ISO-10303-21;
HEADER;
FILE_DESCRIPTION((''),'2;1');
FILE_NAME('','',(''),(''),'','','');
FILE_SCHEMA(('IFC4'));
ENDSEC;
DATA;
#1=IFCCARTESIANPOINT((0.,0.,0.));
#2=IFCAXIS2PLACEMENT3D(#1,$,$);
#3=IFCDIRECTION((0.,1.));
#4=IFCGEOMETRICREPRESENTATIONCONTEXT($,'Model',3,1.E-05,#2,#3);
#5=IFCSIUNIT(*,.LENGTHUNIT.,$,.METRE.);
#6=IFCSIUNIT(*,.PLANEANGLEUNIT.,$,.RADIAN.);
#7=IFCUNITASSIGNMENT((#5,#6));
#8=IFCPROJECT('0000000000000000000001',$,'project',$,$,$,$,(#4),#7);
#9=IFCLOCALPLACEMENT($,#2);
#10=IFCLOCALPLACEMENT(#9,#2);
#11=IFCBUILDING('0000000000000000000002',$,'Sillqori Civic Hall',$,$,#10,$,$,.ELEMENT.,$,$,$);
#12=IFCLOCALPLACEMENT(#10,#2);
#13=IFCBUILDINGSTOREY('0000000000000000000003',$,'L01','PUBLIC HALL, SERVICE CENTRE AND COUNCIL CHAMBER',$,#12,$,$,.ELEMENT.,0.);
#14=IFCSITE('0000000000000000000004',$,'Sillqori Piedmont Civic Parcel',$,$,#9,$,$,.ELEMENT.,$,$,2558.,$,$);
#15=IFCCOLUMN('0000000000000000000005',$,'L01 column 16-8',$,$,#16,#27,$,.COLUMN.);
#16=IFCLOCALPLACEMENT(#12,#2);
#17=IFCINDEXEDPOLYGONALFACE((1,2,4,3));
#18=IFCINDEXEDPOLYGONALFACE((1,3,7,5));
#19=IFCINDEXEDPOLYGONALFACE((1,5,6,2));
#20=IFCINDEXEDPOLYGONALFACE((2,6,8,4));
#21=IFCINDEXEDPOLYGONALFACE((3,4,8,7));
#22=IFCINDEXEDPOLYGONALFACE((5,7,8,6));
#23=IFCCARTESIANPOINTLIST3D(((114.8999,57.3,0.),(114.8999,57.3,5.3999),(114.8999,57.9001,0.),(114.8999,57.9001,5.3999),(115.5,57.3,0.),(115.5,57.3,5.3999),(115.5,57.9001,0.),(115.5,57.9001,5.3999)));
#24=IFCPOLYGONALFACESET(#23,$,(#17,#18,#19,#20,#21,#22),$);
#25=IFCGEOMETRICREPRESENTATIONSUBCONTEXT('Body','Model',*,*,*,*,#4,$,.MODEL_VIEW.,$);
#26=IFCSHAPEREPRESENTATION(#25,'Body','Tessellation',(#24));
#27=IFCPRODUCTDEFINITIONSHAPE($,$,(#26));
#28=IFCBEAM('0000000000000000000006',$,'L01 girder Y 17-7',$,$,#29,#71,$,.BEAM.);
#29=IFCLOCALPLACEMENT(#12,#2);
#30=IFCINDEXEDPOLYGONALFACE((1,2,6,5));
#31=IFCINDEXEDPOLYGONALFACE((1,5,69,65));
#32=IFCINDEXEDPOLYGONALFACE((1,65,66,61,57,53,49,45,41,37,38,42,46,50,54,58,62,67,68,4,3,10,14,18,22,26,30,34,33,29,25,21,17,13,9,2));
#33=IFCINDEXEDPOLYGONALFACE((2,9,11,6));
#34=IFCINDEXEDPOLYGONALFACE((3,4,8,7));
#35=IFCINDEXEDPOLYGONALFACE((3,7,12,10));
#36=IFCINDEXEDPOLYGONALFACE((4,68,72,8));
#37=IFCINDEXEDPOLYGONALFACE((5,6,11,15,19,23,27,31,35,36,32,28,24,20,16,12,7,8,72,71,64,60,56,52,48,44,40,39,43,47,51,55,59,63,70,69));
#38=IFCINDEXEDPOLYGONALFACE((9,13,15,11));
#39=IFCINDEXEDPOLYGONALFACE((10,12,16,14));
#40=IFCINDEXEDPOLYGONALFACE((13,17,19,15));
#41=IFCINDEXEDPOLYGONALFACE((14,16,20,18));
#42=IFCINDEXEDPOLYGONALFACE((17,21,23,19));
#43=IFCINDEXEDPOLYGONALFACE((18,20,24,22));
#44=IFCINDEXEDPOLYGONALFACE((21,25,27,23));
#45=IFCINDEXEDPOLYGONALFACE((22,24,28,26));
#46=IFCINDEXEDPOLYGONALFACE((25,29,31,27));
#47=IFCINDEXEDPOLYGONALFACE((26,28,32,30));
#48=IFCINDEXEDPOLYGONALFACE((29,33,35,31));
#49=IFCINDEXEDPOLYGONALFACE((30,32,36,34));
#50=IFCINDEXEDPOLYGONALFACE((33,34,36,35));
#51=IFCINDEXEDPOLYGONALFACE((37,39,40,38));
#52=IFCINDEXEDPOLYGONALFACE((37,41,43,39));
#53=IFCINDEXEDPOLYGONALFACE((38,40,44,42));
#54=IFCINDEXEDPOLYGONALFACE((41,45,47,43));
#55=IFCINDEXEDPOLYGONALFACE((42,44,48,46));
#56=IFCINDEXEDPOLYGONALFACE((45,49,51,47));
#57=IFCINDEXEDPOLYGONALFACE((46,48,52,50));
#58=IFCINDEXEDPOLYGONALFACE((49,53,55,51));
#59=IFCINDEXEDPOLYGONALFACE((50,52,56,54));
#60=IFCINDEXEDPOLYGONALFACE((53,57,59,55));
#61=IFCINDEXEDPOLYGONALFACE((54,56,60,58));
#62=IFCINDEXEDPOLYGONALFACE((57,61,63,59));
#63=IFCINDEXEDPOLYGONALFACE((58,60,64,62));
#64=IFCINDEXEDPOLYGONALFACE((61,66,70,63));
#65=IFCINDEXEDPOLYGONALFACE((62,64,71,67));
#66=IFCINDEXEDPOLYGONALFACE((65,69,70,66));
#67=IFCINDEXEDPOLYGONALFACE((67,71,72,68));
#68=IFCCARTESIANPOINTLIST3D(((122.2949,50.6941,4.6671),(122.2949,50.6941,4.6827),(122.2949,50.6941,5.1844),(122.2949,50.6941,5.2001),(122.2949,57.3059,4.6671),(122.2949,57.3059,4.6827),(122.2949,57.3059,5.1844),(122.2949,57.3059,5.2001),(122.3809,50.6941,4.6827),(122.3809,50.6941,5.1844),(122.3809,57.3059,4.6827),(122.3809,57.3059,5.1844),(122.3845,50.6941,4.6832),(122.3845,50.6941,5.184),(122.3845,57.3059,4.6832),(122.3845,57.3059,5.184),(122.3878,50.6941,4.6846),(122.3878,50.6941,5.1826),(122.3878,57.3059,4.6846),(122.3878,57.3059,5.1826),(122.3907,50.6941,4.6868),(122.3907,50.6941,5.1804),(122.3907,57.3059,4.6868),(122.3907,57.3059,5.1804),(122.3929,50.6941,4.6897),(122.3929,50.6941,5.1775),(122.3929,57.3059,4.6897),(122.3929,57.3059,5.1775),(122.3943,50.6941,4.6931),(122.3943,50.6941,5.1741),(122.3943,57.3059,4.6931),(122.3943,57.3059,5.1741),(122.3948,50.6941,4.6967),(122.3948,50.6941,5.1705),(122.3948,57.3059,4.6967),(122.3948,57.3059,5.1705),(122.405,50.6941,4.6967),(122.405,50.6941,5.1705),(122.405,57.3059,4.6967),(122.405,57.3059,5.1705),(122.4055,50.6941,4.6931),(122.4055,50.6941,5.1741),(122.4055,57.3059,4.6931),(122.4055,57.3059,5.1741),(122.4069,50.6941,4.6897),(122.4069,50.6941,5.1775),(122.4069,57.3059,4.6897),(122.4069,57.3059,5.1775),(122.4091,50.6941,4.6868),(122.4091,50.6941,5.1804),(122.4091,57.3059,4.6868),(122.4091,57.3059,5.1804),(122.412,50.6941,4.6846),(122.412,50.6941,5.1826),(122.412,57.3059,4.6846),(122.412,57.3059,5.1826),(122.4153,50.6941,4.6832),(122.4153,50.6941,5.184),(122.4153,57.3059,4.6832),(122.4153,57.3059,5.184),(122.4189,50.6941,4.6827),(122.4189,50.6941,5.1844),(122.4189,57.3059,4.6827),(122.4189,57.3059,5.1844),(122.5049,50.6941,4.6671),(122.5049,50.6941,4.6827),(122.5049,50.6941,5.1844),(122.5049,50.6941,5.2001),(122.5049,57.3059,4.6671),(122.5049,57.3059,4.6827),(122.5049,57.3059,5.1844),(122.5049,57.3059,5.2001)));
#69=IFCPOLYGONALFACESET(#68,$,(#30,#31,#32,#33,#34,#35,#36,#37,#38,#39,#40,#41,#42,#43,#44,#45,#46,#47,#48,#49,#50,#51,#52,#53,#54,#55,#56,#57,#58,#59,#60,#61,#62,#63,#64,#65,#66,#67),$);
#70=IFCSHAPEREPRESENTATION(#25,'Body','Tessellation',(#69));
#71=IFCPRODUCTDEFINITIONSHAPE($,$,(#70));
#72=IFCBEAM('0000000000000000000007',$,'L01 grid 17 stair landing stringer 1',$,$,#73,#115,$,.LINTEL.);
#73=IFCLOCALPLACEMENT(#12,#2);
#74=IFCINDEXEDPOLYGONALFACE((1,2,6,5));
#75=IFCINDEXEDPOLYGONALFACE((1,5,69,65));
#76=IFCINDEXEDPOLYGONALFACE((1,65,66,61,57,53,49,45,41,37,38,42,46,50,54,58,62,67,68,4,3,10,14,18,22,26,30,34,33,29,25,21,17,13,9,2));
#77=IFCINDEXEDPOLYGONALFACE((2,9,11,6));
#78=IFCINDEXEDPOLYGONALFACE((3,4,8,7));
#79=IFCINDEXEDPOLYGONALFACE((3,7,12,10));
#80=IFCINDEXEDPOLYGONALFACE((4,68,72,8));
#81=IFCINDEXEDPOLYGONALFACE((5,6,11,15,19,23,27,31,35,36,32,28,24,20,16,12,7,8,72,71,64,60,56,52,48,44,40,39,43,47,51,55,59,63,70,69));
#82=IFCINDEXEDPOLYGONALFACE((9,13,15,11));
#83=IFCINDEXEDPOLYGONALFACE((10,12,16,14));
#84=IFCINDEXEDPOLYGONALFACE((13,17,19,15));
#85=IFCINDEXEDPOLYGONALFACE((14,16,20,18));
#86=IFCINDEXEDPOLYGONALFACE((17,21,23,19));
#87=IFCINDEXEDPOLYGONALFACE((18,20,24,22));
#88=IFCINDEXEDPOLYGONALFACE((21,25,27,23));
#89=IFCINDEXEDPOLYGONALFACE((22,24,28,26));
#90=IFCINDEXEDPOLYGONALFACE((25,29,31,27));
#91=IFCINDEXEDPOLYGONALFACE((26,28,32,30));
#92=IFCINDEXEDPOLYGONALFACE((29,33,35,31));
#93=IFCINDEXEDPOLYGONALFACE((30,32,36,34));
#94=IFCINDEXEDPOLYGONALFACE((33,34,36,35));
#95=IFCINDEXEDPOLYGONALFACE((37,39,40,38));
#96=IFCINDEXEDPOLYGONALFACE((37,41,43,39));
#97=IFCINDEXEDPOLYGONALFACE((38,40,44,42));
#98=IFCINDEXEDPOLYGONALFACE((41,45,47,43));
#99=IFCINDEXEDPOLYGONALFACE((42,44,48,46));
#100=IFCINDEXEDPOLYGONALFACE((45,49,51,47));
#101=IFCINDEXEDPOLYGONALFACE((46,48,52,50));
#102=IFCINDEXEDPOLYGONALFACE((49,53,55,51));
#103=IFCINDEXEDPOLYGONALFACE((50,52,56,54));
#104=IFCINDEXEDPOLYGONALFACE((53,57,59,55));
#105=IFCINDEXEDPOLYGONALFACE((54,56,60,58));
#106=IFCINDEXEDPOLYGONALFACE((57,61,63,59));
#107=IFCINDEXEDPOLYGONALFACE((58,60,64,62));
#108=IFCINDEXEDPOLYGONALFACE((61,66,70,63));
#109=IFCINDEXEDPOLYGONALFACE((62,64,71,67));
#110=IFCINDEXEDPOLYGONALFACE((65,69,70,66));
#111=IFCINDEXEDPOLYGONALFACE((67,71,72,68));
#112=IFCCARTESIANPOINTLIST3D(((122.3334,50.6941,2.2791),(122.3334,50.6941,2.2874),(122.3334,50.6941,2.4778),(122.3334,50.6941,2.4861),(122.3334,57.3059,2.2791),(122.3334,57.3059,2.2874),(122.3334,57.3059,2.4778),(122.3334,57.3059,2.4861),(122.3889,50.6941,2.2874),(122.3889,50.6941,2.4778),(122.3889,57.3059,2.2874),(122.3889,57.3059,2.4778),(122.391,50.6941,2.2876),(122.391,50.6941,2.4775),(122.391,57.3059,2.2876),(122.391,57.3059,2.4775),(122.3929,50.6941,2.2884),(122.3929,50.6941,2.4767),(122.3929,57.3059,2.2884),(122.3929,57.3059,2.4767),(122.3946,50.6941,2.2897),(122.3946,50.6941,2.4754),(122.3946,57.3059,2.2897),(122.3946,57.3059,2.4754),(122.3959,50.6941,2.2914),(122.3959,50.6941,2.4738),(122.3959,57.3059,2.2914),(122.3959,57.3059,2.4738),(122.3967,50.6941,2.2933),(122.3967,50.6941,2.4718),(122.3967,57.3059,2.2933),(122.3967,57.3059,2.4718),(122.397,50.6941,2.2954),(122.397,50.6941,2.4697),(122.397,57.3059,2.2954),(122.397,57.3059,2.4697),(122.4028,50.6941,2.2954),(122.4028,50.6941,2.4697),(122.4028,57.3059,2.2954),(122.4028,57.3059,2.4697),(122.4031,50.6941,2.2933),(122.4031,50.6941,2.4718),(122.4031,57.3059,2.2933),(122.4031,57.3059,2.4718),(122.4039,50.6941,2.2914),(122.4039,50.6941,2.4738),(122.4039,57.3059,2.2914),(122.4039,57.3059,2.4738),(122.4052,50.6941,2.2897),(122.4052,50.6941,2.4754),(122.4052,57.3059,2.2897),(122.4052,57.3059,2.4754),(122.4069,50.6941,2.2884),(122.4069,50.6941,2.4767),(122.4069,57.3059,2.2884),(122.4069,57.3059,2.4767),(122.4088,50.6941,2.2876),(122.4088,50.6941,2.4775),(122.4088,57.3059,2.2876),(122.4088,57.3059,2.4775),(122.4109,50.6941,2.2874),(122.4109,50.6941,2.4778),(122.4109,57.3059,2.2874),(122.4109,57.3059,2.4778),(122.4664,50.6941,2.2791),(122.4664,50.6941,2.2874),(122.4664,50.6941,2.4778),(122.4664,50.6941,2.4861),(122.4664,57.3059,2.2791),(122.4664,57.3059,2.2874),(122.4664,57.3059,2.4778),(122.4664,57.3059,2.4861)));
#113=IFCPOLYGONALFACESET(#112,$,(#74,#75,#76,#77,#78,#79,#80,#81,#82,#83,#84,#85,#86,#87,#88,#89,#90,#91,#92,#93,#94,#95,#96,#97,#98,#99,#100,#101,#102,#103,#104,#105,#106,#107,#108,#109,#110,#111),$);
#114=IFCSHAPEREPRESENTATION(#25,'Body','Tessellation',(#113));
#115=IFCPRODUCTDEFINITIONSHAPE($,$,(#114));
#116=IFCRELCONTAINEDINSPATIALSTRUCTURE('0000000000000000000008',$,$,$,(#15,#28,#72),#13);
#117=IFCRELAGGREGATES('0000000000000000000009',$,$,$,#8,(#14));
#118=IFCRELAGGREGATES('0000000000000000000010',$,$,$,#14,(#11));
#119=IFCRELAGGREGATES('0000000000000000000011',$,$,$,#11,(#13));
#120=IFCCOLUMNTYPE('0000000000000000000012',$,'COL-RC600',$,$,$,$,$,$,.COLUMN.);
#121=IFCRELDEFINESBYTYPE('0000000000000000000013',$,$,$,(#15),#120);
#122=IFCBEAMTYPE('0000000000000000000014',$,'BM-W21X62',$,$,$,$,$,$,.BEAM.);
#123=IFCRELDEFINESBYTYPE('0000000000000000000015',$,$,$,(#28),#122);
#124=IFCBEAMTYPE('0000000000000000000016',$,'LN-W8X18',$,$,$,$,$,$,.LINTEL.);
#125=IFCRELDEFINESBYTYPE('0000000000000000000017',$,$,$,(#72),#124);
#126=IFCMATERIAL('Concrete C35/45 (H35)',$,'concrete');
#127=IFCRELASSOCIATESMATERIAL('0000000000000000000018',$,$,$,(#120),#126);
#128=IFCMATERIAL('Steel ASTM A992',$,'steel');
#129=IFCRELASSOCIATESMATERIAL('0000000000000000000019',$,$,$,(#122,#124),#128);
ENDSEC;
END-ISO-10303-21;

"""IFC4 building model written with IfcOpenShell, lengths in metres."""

from ifc_helpers import new_model, si_unit, direction, frame, origin, origin_2d, place, context, subcontext, project, spatial, rectangle, i_section, extrude, material, material_profile, profile_set, type_object, element, save


model = new_model("IFC4")

# Units and contexts
model_context = context("Model", 3, precision=1e-05, world=origin(), true_north=direction((0.0, 1.0)))
body_context = subcontext(model_context, "Body", "Model", "MODEL_VIEW")
ifc_project = project(units=[si_unit("LENGTHUNIT", "METRE"), si_unit("PLANEANGLEUNIT", "RADIAN")], contexts=[model_context])

# Site, building, storey
site_placement = place(None, origin())
site = spatial("IfcSite", under=ifc_project, at=site_placement, Name="Sillqori Piedmont Civic Parcel", CompositionType="ELEMENT", RefElevation=2558.0)
building_placement = place(site_placement, origin())
building = spatial("IfcBuilding", under=site, at=building_placement, Name="Sillqori Civic Hall", CompositionType="ELEMENT")
storey_placement = place(building_placement, origin())
storey = spatial("IfcBuildingStorey", under=building, at=storey_placement, Name="L01", Description="PUBLIC HALL, SERVICE CENTRE AND COUNCIL CHAMBER", CompositionType="ELEMENT", Elevation=0.0)

# Column
ifc_material_1 = material(Name="Concrete C35/45 (H35)", Category="concrete")
ifc_material_profile_1 = material_profile(ifc_material_1, rectangle(XDim=0.6001, YDim=0.6001, at=origin_2d()), Name="RC 600x600")
ifc_profile_set_1 = profile_set([ifc_material_profile_1], Name="Concrete C35/45 (H35)")
column_type = type_object("IfcColumnType", Name="COL-RC600", PredefinedType="COLUMN", material=ifc_profile_set_1)
column_placement = place(storey_placement, frame((115.2, 57.6001, 0.0), z_axis=(0.0, 0.0, 1.0), x_axis=(1.0, 0.0, 0.0)))
element("IfcColumn", 1, at=column_placement, inside=storey, type_object=column_type, Name="L01 column 16-8", PredefinedType="COLUMN", context=body_context, shape_type="SweptSolid", body=[
    extrude(rectangle(XDim=0.6001, YDim=0.6001, at=origin_2d()), origin(), (0.0, 0.0, 1.0), 5.3999),
])

# Beam
ifc_material_2 = material(Name="Steel ASTM A992", Category="steel")
ifc_material_profile_2 = material_profile(ifc_material_2, i_section(OverallWidth=0.21, OverallDepth=0.533, WebThickness=0.0103, FlangeThickness=0.0156, FilletRadius=0.0139, at=origin_2d()), Name="W21X62")
ifc_profile_set_2 = profile_set([ifc_material_profile_2], Name="Steel ASTM A992")
beam_type_1 = type_object("IfcBeamType", Name="BM-W21X62", PredefinedType="BEAM", material=ifc_profile_set_2)
beam_1_placement = place(storey_placement, frame((122.3999, 50.6941, 4.9336), z_axis=(0.0, 1.0, 0.0), x_axis=(-1.0, 0.0, 0.0)))
element("IfcBeam", 2, at=beam_1_placement, inside=storey, type_object=beam_type_1, Name="L01 girder Y 17-7", PredefinedType="BEAM", context=body_context, shape_type="SweptSolid", body=[
    extrude(i_section(OverallWidth=0.21, OverallDepth=0.533, WebThickness=0.0103, FlangeThickness=0.0156, FilletRadius=0.0139, at=origin_2d()), origin(), (0.0, 0.0, 1.0), 6.6118),
])

# Beam
ifc_material_profile_3 = material_profile(ifc_material_2, i_section(OverallWidth=0.1331, OverallDepth=0.207, WebThickness=0.0059, FlangeThickness=0.0083, FilletRadius=0.0081, at=origin_2d()), Name="W8X18")
ifc_profile_set_3 = profile_set([ifc_material_profile_3], Name="Steel ASTM A992")
beam_type_2 = type_object("IfcBeamType", Name="LN-W8X18", PredefinedType="LINTEL", material=ifc_profile_set_3)
beam_2_placement = place(storey_placement, frame((122.3999, 50.6941, 2.3826), z_axis=(0.0, 1.0, 0.0), x_axis=(-1.0, 0.0, 0.0)))
element("IfcBeam", 3, at=beam_2_placement, inside=storey, type_object=beam_type_2, Name="L01 grid 17 stair landing stringer 1", PredefinedType="LINTEL", context=body_context, shape_type="SweptSolid", body=[
    extrude(i_section(OverallWidth=0.1331, OverallDepth=0.207, WebThickness=0.0059, FlangeThickness=0.0083, FilletRadius=0.0081, at=origin_2d()), origin(), (0.0, 0.0, 1.0), 6.6118),
])

save(model, "model.ifc")
